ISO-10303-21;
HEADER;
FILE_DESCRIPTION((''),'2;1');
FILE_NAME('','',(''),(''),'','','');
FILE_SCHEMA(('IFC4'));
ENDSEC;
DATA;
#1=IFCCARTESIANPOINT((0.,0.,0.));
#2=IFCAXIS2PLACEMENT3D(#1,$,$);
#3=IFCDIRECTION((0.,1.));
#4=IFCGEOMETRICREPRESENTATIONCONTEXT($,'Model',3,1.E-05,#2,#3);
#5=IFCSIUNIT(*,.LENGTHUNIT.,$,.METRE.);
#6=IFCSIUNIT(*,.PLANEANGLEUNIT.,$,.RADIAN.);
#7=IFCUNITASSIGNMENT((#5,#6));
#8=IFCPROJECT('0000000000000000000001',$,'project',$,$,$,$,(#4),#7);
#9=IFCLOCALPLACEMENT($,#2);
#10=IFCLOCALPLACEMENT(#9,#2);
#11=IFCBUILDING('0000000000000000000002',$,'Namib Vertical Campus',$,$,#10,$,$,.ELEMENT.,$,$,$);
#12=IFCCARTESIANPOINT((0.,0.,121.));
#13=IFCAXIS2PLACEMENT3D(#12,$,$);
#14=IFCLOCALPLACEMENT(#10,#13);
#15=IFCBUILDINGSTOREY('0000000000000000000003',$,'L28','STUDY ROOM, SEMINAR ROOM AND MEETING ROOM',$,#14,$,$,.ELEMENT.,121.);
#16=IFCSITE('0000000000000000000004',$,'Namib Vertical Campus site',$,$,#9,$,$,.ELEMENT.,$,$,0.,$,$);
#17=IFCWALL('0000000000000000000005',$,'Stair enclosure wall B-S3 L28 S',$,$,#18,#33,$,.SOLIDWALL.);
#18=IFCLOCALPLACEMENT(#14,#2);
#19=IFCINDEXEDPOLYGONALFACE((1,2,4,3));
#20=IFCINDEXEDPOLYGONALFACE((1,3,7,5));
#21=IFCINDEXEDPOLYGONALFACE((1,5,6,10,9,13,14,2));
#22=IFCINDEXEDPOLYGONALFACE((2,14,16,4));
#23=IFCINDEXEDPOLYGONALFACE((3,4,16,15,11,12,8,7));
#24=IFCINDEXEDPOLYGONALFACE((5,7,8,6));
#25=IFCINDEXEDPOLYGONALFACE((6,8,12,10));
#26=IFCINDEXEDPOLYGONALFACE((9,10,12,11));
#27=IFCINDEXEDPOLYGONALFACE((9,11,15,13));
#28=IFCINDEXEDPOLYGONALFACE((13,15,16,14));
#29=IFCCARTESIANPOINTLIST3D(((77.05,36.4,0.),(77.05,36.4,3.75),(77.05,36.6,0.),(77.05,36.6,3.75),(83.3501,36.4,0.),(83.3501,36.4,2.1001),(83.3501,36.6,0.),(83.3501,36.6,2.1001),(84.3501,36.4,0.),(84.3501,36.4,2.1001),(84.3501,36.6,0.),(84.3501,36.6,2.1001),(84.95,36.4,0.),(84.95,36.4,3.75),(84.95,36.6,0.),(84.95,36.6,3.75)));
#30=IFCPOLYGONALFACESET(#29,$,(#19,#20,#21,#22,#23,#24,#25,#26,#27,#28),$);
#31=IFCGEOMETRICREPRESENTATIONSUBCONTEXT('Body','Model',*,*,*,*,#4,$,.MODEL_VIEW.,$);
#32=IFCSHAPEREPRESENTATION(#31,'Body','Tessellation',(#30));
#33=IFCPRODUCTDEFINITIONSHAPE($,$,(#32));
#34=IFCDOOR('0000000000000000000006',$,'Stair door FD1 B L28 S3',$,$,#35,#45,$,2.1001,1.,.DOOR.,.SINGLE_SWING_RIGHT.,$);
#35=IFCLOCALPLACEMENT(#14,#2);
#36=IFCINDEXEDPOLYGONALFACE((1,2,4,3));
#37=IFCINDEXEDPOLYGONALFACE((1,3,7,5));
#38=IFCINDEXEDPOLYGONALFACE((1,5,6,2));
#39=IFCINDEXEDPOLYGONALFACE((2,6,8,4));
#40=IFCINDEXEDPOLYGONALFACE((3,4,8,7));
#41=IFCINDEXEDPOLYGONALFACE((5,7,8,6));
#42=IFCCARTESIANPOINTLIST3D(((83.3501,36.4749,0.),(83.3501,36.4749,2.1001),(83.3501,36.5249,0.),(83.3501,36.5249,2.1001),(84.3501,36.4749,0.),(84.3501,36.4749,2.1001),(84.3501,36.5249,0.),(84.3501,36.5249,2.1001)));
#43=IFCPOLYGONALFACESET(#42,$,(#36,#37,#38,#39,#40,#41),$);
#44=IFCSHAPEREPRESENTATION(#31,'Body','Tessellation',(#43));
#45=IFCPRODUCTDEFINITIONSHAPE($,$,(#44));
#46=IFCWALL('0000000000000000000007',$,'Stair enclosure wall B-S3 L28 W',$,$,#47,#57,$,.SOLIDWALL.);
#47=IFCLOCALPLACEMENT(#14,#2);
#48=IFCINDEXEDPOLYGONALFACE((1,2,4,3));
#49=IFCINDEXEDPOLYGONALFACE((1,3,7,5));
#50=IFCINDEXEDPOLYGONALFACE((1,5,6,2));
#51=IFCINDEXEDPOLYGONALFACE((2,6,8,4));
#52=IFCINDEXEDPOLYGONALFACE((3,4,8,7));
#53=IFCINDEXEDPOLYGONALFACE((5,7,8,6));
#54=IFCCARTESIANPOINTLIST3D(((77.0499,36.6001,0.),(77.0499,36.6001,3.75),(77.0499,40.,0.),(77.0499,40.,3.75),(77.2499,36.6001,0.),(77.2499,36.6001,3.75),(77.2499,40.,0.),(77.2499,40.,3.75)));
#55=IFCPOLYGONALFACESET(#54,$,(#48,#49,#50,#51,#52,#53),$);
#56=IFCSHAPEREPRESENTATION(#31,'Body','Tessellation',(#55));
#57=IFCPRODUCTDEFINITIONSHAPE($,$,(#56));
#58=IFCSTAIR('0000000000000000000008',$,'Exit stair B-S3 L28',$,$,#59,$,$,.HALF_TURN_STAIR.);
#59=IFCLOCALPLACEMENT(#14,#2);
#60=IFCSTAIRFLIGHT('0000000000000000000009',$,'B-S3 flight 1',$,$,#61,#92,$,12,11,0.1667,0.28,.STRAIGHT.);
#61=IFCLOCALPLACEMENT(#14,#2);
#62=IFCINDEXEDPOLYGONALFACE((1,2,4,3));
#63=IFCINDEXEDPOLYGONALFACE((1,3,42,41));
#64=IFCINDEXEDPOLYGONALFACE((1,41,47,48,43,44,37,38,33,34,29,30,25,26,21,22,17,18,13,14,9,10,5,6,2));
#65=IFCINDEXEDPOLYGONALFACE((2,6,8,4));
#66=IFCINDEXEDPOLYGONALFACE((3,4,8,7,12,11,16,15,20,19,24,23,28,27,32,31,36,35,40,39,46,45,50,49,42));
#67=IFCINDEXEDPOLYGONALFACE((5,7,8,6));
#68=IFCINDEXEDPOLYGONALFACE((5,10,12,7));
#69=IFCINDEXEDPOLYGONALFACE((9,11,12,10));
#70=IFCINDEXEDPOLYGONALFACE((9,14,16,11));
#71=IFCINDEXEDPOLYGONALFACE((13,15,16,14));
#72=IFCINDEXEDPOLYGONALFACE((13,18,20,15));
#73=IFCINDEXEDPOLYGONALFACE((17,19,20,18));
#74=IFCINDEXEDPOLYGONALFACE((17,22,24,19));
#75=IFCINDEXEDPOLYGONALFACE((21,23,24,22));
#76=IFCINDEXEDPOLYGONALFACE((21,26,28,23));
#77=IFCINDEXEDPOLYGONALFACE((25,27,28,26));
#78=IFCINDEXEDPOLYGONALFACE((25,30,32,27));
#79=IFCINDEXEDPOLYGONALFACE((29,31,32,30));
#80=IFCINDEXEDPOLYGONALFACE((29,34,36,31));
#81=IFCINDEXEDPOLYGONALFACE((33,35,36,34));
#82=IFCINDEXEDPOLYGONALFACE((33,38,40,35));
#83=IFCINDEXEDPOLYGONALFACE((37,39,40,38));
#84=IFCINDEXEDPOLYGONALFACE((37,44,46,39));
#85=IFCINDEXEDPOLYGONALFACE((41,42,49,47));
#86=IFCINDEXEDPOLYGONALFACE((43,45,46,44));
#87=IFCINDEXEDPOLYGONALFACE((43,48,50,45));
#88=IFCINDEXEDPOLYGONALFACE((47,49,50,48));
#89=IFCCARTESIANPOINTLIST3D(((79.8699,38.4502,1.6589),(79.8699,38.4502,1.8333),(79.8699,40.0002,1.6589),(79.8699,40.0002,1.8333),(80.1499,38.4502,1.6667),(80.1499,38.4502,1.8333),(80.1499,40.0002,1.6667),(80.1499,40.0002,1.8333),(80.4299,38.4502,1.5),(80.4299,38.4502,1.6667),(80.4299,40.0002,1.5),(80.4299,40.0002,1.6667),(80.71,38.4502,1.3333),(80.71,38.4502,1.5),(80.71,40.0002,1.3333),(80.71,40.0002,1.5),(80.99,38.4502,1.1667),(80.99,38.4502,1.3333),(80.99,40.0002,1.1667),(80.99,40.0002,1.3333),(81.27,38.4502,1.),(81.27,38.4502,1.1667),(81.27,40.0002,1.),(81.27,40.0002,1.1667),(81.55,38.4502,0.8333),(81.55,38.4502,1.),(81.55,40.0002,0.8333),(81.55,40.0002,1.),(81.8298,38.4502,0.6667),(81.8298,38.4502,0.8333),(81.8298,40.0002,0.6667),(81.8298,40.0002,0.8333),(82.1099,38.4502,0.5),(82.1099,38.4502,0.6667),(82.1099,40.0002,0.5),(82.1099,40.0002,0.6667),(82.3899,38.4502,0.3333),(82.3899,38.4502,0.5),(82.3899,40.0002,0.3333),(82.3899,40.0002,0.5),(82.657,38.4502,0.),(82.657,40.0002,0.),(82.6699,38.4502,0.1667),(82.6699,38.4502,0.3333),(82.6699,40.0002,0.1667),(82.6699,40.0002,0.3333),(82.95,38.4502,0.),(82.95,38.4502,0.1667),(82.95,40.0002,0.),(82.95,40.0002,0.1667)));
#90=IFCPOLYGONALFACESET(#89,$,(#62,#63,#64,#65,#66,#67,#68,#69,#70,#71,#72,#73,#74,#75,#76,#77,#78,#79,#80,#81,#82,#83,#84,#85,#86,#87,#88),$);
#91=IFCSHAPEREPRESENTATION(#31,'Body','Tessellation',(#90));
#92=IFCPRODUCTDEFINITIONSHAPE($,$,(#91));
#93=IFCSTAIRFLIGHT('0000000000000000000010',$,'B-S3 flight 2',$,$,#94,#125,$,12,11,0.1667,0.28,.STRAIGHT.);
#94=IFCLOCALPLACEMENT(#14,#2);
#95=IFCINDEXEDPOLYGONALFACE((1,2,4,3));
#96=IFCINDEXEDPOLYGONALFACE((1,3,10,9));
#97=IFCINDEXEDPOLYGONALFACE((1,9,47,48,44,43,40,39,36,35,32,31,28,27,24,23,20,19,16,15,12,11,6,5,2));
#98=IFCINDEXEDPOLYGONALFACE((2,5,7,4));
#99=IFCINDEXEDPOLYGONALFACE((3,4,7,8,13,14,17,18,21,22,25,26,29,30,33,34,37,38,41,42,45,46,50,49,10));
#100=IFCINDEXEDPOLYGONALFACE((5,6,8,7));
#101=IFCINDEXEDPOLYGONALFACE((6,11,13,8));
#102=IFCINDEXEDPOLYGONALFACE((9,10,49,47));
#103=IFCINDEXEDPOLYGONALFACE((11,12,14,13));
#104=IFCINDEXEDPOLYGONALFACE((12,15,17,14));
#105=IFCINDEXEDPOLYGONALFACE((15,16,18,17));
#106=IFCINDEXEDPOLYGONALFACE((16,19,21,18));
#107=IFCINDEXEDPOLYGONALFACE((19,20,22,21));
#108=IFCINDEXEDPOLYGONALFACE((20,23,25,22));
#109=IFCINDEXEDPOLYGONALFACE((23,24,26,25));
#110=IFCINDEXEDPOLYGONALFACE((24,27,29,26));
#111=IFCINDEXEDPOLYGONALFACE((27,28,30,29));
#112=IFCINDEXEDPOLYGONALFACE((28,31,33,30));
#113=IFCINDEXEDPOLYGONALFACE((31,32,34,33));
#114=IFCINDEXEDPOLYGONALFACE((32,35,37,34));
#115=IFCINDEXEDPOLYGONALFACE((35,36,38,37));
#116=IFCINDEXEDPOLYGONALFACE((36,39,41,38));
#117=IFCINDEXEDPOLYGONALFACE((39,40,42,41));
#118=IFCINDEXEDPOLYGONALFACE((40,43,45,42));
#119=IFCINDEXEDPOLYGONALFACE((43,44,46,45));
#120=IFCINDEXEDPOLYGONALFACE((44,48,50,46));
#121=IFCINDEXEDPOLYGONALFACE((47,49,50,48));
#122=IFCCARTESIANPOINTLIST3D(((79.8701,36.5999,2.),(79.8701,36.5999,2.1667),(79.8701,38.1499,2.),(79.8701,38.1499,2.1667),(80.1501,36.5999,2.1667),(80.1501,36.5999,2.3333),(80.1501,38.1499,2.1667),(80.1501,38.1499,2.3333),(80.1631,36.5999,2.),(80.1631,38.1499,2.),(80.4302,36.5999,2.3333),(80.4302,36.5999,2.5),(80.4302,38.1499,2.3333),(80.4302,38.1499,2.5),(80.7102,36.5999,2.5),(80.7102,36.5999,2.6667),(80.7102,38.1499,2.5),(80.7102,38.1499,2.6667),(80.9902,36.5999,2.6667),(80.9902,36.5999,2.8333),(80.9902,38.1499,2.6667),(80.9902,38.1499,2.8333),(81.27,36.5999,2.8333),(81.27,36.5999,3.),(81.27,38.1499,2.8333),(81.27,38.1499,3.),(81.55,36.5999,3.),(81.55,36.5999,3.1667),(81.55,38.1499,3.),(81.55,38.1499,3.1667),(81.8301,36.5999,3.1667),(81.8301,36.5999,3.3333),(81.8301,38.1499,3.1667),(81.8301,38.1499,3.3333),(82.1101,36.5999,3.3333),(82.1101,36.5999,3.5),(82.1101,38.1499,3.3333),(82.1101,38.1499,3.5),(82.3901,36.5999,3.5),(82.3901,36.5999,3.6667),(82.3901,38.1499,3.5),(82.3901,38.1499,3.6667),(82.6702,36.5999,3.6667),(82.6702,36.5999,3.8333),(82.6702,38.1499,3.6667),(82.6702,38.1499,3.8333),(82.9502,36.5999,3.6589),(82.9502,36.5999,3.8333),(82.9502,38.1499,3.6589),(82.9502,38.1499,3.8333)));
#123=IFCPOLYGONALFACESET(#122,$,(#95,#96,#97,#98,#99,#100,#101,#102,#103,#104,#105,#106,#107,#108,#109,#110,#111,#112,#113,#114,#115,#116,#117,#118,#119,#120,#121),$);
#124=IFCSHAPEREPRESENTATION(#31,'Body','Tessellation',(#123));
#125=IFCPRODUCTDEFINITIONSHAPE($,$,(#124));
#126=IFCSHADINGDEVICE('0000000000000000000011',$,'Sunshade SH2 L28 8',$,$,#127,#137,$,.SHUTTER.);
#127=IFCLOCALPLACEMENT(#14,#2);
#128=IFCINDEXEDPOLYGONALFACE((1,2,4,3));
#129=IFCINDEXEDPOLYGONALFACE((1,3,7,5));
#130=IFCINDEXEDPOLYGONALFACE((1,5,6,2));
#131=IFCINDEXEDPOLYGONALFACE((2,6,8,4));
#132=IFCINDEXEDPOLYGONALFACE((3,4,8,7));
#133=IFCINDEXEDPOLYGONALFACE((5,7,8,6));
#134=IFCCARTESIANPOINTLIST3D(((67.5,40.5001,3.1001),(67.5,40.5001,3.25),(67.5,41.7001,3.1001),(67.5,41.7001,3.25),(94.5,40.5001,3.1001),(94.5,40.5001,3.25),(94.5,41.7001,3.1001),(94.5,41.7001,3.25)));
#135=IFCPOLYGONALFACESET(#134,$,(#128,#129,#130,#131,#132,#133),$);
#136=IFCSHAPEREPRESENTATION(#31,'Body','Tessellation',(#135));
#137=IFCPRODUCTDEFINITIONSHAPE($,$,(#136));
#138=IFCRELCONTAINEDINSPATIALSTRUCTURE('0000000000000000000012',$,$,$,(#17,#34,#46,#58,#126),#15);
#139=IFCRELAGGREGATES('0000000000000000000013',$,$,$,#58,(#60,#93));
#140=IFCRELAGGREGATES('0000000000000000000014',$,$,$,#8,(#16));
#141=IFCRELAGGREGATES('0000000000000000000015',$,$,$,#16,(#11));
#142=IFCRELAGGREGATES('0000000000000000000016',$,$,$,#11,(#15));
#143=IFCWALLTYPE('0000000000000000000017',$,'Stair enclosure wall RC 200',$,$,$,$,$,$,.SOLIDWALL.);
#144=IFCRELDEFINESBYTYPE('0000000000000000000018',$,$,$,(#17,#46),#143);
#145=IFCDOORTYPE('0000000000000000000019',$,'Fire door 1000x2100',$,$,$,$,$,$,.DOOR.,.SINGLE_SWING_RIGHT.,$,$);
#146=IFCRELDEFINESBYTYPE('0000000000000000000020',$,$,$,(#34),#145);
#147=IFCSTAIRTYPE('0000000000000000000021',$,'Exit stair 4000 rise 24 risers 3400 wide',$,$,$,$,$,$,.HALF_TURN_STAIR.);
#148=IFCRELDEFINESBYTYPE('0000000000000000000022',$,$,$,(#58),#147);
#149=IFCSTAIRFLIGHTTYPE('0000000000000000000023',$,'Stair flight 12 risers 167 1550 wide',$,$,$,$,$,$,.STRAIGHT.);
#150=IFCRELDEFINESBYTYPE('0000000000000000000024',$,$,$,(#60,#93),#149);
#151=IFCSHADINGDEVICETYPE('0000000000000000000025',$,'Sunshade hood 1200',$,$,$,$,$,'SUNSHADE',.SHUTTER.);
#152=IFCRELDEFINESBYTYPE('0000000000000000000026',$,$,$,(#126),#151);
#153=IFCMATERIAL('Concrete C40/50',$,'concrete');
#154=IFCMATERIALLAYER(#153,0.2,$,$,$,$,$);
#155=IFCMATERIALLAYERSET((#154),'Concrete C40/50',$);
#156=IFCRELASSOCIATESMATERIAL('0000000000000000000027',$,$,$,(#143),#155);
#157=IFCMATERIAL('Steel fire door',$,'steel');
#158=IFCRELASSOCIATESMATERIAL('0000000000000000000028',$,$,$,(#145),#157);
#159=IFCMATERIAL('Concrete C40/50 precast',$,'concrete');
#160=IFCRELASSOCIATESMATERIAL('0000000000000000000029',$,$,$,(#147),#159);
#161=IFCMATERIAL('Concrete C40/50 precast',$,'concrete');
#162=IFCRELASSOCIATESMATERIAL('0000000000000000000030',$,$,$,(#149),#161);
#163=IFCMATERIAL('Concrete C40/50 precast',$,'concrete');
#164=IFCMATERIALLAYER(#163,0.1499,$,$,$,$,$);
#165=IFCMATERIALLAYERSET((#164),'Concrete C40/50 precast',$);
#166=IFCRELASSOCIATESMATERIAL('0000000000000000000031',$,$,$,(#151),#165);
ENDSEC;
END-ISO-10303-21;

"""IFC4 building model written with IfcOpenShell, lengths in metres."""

from ifc_helpers import new_model, si_unit, direction, frame, frame_2d, origin, origin_2d, place, context, subcontext, project, spatial, polyline, rectangle, outline, extrude, material, layer, layer_set, type_object, element, fill, aggregate, save


model = new_model("IFC4")

# Units and contexts
model_context = context("Model", 3, precision=1e-05, world=origin(), true_north=direction((0.0, 1.0)))
body_context = subcontext(model_context, "Body", "Model", "MODEL_VIEW")
ifc_project = project(units=[si_unit("LENGTHUNIT", "METRE"), si_unit("PLANEANGLEUNIT", "RADIAN")], contexts=[model_context])

# Site, building, storey
site_placement = place(None, origin())
site = spatial("IfcSite", under=ifc_project, at=site_placement, Name="Namib Vertical Campus site", CompositionType="ELEMENT", RefElevation=0.0)
building_placement = place(site_placement, origin())
building = spatial("IfcBuilding", under=site, at=building_placement, Name="Namib Vertical Campus", CompositionType="ELEMENT")
storey_placement = place(building_placement, frame((0.0, 0.0, 121.0)))
storey = spatial("IfcBuildingStorey", under=building, at=storey_placement, Name="L28", Description="STUDY ROOM, SEMINAR ROOM AND MEETING ROOM", CompositionType="ELEMENT", Elevation=121.0)

# Wall, opening, door
ifc_material_1 = material(Name="Concrete C40/50", Category="concrete")
ifc_layer_1 = layer(ifc_material_1, 0.2)
ifc_layer_set_1 = layer_set([ifc_layer_1], Name="Concrete C40/50")
wall_type_1 = type_object("IfcWallType", Name="Stair enclosure wall RC 200", PredefinedType="SOLIDWALL", material=ifc_layer_set_1)
wall_1_placement = place(storey_placement, frame((77.05, 36.5, 0.0), z_axis=(0.0, 0.0, 1.0), x_axis=(1.0, 0.0, 0.0)))
wall_1 = element("IfcWall", 1, at=wall_1_placement, inside=storey, type_object=wall_type_1, Name="Stair enclosure wall B-S3 L28 S", PredefinedType="SOLIDWALL", context=body_context, shape_type="SweptSolid", body=[
    extrude(rectangle(XDim=7.8999, YDim=0.2, at=frame_2d((3.95, 0.0))), origin(), (0.0, 0.0, 1.0), 3.75),
])
opening_1_placement = place(wall_1_placement, frame((6.3, 0.0, 0.0)))
opening_1 = element("IfcOpeningElement", 2, at=opening_1_placement, cuts=wall_1, PredefinedType="OPENING", context=body_context, shape_type="SweptSolid", body=[
    extrude(rectangle(XDim=1.0, YDim=2.1001, at=frame_2d((0.5, 1.05))), frame((0.0, 0.1099, 0.0), z_axis=(0.0, -1.0, 0.0), x_axis=(1.0, 0.0, 0.0)), (0.0, 0.0, 1.0), 0.22),
])
ifc_material_2 = material(Name="Steel fire door", Category="steel")
door_type_1 = type_object("IfcDoorType", Name="Fire door 1000x2100", OperationType="SINGLE_SWING_RIGHT", PredefinedType="DOOR", material=ifc_material_2)
door_1_placement = place(opening_1_placement, origin())
door_1 = element("IfcDoor", 3, at=door_1_placement, inside=storey, type_object=door_type_1, Name="Stair door FD1 B L28 S3", OperationType="SINGLE_SWING_RIGHT", OverallHeight=2.1001, OverallWidth=1.0, PredefinedType="DOOR", context=body_context, shape_type="SweptSolid", body=[
    extrude(rectangle(XDim=1.0, YDim=2.1001, at=frame_2d((0.5, 1.05))), frame((0.0, 0.0249, 0.0), z_axis=(0.0, -1.0, 0.0), x_axis=(1.0, 0.0, 0.0)), (0.0, 0.0, 1.0), 0.05),
])
fill(opening_1, door_1)

# Wall
wall_2_placement = place(storey_placement, frame((77.1499, 36.6001, 0.0), z_axis=(0.0, 0.0, 1.0), x_axis=(0.0, 1.0, 0.0)))
element("IfcWall", 4, at=wall_2_placement, inside=storey, type_object=wall_type_1, Name="Stair enclosure wall B-S3 L28 W", PredefinedType="SOLIDWALL", context=body_context, shape_type="SweptSolid", body=[
    extrude(rectangle(XDim=3.3999, YDim=0.2, at=frame_2d((1.7, 0.0))), origin(), (0.0, 0.0, 1.0), 3.75),
])

# Stair, stair flights
ifc_material_3 = material(Name="Concrete C40/50 precast", Category="concrete")
stair_type = type_object("IfcStairType", Name="Exit stair 4000 rise 24 risers 3400 wide", PredefinedType="HALF_TURN_STAIR", material=ifc_material_3)
stair_placement = place(storey_placement, origin())
stair = element("IfcStair", 5, at=stair_placement, inside=storey, type_object=stair_type, Name="Exit stair B-S3 L28", PredefinedType="HALF_TURN_STAIR")
ifc_material_4 = material(Name="Concrete C40/50 precast", Category="concrete")
stair_flight_type = type_object("IfcStairFlightType", Name="Stair flight 12 risers 167 1550 wide", PredefinedType="STRAIGHT", material=ifc_material_4)
stair_flight_1_placement = place(storey_placement, frame((82.95, 39.2251, 0.0), z_axis=(0.0, 0.0, 1.0), x_axis=(-1.0, 0.0, 0.0)))
stair_flight_1 = element("IfcStairFlight", 6, at=stair_flight_1_placement, type_object=stair_flight_type, Name="B-S3 flight 1", NumberOfRisers=12, NumberOfTreads=11, PredefinedType="STRAIGHT", RiserHeight=0.1667, TreadLength=0.28, context=body_context, shape_type="SweptSolid", body=[
    extrude(outline(polyline([(0.0, 0.0), (0.0, 0.1667), (0.28, 0.1667), (0.28, 0.3333), (0.5601, 0.3333), (0.5601, 0.5), (0.8401, 0.5), (0.8401, 0.6667), (1.1201, 0.6667), (1.1201, 0.8333), (1.3999, 0.8333), (1.3999, 1.0), (1.6799, 1.0), (1.6799, 1.1667), (1.96, 1.1667), (1.96, 1.3333), (2.24, 1.3333), (2.24, 1.5), (2.52, 1.5), (2.52, 1.6667), (2.8, 1.6667), (2.8, 1.8333), (3.0801, 1.8333), (3.0801, 2.0), (3.0801, 1.6589), (0.293, 0.0), (0.0, 0.0)])), frame((0.0, 0.7749, 0.0), z_axis=(0.0, -1.0, 0.0), x_axis=(1.0, 0.0, 0.0)), (0.0, 0.0, 1.0), 1.55),
])
stair_flight_2_placement = place(storey_placement, frame((79.8701, 37.375, 2.0), z_axis=(0.0, 0.0, 1.0), x_axis=(1.0, 0.0, 0.0)))
stair_flight_2 = element("IfcStairFlight", 7, at=stair_flight_2_placement, type_object=stair_flight_type, Name="B-S3 flight 2", NumberOfRisers=12, NumberOfTreads=11, PredefinedType="STRAIGHT", RiserHeight=0.1667, TreadLength=0.28, context=body_context, shape_type="SweptSolid", body=[
    extrude(outline(polyline([(0.0, 0.0), (0.0, 0.1667), (0.28, 0.1667), (0.28, 0.3333), (0.5601, 0.3333), (0.5601, 0.5), (0.8401, 0.5), (0.8401, 0.6667), (1.1201, 0.6667), (1.1201, 0.8333), (1.3999, 0.8333), (1.3999, 1.0), (1.6799, 1.0), (1.6799, 1.1667), (1.96, 1.1667), (1.96, 1.3333), (2.24, 1.3333), (2.24, 1.5), (2.52, 1.5), (2.52, 1.6667), (2.8, 1.6667), (2.8, 1.8333), (3.0801, 1.8333), (3.0801, 2.0), (3.0801, 1.6589), (0.293, 0.0), (0.0, 0.0)])), frame((0.0, 0.7749, 0.0), z_axis=(0.0, -1.0, 0.0), x_axis=(1.0, 0.0, 0.0)), (0.0, 0.0, 1.0), 1.55),
])
aggregate(stair, [stair_flight_1, stair_flight_2])

# Shading device
ifc_material_5 = material(Name="Concrete C40/50 precast", Category="concrete")
ifc_layer_2 = layer(ifc_material_5, 0.1499)
ifc_layer_set_2 = layer_set([ifc_layer_2], Name="Concrete C40/50 precast")
shading_device_type = type_object("IfcShadingDeviceType", Name="Sunshade hood 1200", ElementType="SUNSHADE", PredefinedType="SHUTTER", material=ifc_layer_set_2)
shading_device_placement = place(storey_placement, frame((81.0, 41.1001, 3.1001), z_axis=(0.0, 0.0, 1.0), x_axis=(-1.0, 0.0, 0.0)))
element("IfcShadingDevice", 8, at=shading_device_placement, inside=storey, type_object=shading_device_type, Name="Sunshade SH2 L28 8", PredefinedType="SHUTTER", context=body_context, shape_type="SweptSolid", body=[
    extrude(rectangle(XDim=27.0, YDim=1.2, at=origin_2d()), origin(), (0.0, 0.0, 1.0), 0.1499),
])

save(model, "model.ifc")
